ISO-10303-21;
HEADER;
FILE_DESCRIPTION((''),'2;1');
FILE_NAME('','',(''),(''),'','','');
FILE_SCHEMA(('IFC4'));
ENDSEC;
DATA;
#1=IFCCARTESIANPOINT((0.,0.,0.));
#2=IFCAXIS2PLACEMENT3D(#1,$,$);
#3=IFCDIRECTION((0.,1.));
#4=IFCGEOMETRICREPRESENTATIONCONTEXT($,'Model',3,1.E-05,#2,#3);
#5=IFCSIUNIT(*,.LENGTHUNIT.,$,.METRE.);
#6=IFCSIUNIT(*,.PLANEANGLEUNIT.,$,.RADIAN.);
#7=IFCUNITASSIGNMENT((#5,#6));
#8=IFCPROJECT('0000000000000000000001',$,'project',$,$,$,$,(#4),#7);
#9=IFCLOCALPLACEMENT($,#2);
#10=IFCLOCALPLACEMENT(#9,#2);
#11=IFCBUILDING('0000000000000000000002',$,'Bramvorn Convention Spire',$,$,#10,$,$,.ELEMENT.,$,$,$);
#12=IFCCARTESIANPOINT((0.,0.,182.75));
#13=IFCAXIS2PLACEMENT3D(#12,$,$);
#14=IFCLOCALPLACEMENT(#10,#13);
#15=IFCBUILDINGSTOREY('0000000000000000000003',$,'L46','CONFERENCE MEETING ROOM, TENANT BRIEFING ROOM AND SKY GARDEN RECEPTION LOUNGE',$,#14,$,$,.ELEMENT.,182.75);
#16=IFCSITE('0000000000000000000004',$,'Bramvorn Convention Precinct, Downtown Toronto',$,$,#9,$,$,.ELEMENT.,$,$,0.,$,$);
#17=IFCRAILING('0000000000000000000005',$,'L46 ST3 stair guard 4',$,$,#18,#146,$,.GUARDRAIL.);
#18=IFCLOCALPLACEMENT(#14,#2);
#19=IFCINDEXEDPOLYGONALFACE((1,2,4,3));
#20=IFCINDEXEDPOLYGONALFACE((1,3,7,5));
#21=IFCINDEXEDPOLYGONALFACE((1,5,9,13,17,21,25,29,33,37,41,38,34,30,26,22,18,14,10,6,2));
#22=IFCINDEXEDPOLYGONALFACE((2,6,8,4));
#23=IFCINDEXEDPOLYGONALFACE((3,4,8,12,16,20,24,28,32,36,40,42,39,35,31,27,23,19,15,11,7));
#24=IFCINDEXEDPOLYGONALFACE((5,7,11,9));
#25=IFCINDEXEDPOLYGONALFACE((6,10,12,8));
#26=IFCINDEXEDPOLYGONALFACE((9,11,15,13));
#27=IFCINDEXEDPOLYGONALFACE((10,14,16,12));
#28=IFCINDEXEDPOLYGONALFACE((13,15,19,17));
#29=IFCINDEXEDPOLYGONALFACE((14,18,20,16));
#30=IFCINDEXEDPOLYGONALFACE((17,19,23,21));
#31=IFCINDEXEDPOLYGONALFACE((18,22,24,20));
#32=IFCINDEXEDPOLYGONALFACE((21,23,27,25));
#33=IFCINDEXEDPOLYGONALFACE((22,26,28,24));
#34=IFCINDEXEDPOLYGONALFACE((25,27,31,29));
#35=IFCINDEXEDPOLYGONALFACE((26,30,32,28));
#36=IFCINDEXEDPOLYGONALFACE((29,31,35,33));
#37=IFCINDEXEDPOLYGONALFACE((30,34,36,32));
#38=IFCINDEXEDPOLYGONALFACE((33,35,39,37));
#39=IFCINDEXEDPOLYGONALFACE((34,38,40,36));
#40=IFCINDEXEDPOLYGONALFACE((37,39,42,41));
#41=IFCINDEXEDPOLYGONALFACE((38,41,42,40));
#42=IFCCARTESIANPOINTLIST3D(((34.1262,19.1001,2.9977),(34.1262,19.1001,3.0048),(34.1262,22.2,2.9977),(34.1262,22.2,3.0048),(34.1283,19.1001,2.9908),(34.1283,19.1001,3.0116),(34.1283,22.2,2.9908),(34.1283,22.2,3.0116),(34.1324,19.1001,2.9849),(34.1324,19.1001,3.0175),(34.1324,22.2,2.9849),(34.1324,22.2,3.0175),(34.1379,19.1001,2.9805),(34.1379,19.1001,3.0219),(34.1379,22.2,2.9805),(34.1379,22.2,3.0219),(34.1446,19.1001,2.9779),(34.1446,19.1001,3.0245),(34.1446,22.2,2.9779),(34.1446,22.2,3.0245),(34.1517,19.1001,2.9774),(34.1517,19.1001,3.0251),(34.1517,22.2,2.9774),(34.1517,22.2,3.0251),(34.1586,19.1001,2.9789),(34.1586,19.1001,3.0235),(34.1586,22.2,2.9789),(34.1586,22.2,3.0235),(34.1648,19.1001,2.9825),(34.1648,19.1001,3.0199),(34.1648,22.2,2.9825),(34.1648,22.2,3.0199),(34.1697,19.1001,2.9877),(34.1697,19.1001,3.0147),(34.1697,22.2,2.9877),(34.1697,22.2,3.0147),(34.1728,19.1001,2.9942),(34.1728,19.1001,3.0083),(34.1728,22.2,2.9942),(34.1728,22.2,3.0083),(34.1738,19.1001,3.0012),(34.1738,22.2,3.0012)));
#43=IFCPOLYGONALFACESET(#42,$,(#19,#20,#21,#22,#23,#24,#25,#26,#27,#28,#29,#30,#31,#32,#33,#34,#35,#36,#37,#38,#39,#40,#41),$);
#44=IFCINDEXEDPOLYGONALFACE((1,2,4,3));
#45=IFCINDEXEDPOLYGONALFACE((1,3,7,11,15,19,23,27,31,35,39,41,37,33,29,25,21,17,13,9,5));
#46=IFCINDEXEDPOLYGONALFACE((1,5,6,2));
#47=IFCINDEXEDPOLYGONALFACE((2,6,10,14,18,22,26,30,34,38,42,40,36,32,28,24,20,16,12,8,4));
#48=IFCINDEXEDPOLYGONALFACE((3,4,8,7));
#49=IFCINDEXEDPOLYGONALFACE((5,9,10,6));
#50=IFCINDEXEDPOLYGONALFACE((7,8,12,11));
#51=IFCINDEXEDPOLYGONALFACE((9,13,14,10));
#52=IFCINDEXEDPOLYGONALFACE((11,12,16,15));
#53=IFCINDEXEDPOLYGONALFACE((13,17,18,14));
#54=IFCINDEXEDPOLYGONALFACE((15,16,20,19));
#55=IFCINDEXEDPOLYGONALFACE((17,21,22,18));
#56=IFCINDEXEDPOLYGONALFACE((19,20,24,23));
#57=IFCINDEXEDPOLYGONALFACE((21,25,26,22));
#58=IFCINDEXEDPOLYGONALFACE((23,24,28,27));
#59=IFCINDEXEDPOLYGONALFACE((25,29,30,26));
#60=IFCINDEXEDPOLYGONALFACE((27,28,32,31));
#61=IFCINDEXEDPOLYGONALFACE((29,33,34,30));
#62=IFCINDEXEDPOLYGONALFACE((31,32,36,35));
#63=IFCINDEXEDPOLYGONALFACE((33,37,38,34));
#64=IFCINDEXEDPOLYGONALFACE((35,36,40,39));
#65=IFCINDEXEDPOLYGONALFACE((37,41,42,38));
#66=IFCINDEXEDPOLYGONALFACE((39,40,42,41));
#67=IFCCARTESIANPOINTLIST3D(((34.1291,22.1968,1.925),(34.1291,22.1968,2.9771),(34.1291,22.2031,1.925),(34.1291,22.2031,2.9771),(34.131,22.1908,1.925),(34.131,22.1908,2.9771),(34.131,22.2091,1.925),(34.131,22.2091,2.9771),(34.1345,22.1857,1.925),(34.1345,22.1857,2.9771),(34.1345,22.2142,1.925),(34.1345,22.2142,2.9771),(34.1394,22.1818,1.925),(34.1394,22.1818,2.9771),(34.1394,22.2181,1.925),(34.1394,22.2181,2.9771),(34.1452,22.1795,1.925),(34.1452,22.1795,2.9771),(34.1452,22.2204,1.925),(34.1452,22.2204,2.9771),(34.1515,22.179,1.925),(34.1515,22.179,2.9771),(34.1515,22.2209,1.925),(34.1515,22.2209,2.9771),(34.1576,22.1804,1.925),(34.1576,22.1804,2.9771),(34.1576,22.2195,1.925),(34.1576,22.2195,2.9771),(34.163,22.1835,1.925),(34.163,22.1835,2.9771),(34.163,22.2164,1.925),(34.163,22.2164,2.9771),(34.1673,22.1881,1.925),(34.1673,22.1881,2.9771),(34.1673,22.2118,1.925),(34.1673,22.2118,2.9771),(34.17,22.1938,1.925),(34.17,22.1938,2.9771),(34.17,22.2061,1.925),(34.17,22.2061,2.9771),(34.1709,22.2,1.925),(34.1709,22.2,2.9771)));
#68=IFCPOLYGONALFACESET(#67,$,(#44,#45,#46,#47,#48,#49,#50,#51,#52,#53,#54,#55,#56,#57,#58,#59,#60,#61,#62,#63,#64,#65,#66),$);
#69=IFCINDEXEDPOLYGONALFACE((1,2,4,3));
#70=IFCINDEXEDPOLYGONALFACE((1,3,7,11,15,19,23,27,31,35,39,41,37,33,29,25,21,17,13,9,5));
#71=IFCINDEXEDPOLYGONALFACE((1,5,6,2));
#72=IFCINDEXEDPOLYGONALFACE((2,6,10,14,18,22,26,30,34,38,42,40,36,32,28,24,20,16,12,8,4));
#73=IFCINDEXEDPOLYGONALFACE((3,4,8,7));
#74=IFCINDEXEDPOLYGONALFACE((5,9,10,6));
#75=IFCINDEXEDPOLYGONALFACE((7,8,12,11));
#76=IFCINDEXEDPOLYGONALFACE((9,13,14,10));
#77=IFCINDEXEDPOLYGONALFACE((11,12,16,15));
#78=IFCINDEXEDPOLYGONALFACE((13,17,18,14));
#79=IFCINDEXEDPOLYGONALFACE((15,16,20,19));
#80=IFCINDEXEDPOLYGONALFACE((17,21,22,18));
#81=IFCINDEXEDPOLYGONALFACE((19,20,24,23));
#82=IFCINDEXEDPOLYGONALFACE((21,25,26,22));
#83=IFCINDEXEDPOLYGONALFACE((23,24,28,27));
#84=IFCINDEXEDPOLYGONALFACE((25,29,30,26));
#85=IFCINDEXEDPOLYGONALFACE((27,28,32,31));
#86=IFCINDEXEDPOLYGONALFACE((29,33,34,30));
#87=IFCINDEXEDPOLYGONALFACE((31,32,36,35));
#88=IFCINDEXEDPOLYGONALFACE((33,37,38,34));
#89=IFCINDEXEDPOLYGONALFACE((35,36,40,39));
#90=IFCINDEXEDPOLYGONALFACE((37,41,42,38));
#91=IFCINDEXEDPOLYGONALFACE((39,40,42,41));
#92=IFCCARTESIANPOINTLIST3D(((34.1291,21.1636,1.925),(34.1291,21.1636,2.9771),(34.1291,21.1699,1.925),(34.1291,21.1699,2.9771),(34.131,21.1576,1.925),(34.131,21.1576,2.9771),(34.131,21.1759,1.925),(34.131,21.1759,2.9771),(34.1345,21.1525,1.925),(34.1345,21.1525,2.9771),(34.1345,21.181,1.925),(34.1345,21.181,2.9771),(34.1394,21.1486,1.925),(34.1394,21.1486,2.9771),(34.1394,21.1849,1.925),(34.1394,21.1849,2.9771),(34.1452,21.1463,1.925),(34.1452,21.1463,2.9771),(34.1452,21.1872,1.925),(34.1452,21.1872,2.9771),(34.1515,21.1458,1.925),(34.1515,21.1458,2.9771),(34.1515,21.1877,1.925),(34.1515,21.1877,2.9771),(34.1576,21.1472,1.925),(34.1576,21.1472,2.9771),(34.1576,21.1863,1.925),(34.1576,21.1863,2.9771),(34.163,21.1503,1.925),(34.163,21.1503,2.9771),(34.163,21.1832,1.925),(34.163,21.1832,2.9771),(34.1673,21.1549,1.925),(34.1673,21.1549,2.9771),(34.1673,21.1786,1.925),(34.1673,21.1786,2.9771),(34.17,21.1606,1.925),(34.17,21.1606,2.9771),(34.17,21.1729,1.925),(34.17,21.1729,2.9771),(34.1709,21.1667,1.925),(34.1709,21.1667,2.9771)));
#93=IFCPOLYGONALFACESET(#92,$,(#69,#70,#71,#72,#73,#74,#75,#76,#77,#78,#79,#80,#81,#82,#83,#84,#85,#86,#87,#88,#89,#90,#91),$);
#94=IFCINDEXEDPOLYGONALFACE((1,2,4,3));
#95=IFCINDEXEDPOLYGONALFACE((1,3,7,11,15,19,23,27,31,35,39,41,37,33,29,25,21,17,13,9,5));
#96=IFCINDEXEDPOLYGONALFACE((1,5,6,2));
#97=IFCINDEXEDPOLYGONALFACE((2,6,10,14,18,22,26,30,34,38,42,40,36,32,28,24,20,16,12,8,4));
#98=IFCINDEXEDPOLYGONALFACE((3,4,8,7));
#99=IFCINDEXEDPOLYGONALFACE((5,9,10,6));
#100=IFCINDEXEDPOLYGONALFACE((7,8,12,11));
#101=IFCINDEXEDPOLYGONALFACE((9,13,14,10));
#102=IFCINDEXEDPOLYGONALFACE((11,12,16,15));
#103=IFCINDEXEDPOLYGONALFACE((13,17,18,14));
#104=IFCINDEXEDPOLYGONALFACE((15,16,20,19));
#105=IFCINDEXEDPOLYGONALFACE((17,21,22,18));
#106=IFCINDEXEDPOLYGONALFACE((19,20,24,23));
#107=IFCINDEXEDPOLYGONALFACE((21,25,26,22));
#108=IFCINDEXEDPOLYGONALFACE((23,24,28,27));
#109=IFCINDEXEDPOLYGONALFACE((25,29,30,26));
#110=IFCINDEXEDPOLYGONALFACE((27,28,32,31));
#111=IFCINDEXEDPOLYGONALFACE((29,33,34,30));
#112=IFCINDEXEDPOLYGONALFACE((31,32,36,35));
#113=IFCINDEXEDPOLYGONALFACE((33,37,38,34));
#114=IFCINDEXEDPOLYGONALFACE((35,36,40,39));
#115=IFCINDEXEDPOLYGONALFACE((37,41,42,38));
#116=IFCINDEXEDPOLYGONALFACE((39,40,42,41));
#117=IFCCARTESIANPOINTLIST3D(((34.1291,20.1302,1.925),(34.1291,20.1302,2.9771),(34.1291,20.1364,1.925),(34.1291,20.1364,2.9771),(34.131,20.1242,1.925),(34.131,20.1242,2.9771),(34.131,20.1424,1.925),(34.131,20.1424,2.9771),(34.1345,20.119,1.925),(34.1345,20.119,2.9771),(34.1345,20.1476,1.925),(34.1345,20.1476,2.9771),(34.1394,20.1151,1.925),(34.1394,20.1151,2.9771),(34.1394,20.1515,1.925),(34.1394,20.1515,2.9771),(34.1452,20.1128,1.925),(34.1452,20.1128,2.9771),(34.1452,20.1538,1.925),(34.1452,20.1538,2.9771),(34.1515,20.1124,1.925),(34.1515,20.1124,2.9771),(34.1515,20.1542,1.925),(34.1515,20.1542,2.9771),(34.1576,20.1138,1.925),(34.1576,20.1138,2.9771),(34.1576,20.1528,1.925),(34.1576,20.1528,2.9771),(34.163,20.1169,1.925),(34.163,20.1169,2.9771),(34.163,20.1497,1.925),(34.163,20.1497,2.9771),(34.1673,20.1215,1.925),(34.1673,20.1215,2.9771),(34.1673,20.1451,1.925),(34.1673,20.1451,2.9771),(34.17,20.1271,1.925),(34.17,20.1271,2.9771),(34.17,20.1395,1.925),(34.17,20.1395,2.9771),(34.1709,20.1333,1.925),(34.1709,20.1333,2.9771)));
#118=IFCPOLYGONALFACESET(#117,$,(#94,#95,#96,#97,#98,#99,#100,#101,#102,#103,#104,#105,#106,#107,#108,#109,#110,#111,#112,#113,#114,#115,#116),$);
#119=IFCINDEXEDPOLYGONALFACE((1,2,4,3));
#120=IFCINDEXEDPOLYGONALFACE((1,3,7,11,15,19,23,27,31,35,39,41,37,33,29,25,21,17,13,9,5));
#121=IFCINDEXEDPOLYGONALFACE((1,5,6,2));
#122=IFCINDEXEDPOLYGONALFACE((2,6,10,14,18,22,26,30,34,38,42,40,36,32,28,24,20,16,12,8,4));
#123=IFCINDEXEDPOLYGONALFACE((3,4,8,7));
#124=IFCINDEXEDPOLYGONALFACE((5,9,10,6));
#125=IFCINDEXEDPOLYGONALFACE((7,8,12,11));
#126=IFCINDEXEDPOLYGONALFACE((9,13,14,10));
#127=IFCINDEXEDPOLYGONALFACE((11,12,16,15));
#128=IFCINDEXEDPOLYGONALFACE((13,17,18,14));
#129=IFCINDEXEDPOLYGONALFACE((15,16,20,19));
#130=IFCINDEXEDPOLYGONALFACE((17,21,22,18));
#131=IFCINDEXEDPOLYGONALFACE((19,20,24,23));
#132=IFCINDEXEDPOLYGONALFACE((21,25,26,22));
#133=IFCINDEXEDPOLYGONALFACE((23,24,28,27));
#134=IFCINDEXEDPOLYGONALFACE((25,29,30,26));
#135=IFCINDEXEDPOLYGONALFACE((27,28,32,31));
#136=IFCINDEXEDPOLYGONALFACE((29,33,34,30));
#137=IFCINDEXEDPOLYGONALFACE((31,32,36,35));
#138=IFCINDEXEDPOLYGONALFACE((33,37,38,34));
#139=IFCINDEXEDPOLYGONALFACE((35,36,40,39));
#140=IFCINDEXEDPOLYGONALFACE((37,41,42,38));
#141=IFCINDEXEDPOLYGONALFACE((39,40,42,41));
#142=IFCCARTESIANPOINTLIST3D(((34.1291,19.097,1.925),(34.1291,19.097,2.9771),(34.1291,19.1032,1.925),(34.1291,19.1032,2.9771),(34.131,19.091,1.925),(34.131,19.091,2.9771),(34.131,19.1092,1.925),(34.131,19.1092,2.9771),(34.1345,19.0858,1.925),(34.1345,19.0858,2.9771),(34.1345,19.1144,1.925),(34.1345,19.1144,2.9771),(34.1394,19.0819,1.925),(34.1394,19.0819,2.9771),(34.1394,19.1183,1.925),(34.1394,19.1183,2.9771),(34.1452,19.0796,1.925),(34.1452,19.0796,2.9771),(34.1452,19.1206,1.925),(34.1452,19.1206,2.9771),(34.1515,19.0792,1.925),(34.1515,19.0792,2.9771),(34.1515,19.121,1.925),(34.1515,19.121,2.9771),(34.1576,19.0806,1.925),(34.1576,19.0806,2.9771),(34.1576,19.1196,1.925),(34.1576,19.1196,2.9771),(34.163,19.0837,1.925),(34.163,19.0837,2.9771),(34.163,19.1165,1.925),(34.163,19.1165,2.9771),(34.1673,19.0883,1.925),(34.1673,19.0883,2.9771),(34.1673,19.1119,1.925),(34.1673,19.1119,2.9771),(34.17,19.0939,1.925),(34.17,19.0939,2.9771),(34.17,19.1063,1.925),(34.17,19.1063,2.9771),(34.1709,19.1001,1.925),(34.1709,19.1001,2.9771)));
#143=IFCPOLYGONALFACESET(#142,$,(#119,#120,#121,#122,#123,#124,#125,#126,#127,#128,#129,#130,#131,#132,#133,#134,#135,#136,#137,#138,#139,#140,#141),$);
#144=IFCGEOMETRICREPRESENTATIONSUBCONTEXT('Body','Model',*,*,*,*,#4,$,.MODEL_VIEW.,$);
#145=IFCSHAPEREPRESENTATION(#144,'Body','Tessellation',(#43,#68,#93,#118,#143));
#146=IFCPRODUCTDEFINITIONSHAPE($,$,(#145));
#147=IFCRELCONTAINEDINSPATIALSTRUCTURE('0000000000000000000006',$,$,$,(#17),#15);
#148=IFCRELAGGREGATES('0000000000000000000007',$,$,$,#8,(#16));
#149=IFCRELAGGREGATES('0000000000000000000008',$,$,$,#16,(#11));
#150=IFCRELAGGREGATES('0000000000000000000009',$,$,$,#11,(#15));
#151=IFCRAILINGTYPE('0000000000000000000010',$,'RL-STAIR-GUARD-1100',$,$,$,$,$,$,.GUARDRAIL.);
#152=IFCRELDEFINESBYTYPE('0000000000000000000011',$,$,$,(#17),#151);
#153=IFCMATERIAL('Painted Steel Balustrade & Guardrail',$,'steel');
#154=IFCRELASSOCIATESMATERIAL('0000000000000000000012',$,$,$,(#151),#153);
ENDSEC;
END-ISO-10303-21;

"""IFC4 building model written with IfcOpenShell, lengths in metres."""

from ifc_helpers import new_model, si_unit, direction, frame, origin, origin_2d, place, context, subcontext, project, spatial, circle, extrude, material, type_object, element, save


model = new_model("IFC4")

# Units and contexts
model_context = context("Model", 3, precision=1e-05, world=origin(), true_north=direction((0.0, 1.0)))
body_context = subcontext(model_context, "Body", "Model", "MODEL_VIEW")
ifc_project = project(units=[si_unit("LENGTHUNIT", "METRE"), si_unit("PLANEANGLEUNIT", "RADIAN")], contexts=[model_context])

# Site, building, storey
site_placement = place(None, origin())
site = spatial("IfcSite", under=ifc_project, at=site_placement, Name="Bramvorn Convention Precinct, Downtown Toronto", CompositionType="ELEMENT", RefElevation=0.0)
building_placement = place(site_placement, origin())
building = spatial("IfcBuilding", under=site, at=building_placement, Name="Bramvorn Convention Spire", CompositionType="ELEMENT")
storey_placement = place(building_placement, frame((0.0, 0.0, 182.75)))
storey = spatial("IfcBuildingStorey", under=building, at=storey_placement, Name="L46", Description="CONFERENCE MEETING ROOM, TENANT BRIEFING ROOM AND SKY GARDEN RECEPTION LOUNGE", CompositionType="ELEMENT", Elevation=182.75)

# Railing
ifc_material_1 = material(Name="Painted Steel Balustrade & Guardrail", Category="steel")
railing_type_1 = type_object("IfcRailingType", Name="RL-STAIR-GUARD-1100", PredefinedType="GUARDRAIL", material=ifc_material_1)
for number, where, name in (
    (1, (34.1499, 22.2, 1.925), "L46 ST3 stair guard 4"),
):
    element("IfcRailing", number, at=place(storey_placement, frame(where)), inside=storey, type_object=railing_type_1, Name=name, PredefinedType="GUARDRAIL", context=body_context, shape_type="SweptSolid", body=[
        extrude(circle(Radius=0.0239, at=origin_2d()), frame((0.0, 0.0, 1.0762), z_axis=(0.0, -1.0, 0.0), x_axis=(1.0, 0.0, 0.0)), (0.0, 0.0, 1.0), 3.0999),
        extrude(circle(Radius=0.021, at=origin_2d()), origin(), (0.0, 0.0, 1.0), 1.052),
        extrude(circle(Radius=0.021, at=origin_2d()), frame((0.0, -1.0332, 0.0)), (0.0, 0.0, 1.0), 1.052),
        extrude(circle(Radius=0.021, at=origin_2d()), frame((0.0, -2.0667, 0.0)), (0.0, 0.0, 1.0), 1.052),
        extrude(circle(Radius=0.021, at=origin_2d()), frame((0.0, -3.0999, 0.0)), (0.0, 0.0, 1.0), 1.052),
    ])

save(model, "model.ifc")
